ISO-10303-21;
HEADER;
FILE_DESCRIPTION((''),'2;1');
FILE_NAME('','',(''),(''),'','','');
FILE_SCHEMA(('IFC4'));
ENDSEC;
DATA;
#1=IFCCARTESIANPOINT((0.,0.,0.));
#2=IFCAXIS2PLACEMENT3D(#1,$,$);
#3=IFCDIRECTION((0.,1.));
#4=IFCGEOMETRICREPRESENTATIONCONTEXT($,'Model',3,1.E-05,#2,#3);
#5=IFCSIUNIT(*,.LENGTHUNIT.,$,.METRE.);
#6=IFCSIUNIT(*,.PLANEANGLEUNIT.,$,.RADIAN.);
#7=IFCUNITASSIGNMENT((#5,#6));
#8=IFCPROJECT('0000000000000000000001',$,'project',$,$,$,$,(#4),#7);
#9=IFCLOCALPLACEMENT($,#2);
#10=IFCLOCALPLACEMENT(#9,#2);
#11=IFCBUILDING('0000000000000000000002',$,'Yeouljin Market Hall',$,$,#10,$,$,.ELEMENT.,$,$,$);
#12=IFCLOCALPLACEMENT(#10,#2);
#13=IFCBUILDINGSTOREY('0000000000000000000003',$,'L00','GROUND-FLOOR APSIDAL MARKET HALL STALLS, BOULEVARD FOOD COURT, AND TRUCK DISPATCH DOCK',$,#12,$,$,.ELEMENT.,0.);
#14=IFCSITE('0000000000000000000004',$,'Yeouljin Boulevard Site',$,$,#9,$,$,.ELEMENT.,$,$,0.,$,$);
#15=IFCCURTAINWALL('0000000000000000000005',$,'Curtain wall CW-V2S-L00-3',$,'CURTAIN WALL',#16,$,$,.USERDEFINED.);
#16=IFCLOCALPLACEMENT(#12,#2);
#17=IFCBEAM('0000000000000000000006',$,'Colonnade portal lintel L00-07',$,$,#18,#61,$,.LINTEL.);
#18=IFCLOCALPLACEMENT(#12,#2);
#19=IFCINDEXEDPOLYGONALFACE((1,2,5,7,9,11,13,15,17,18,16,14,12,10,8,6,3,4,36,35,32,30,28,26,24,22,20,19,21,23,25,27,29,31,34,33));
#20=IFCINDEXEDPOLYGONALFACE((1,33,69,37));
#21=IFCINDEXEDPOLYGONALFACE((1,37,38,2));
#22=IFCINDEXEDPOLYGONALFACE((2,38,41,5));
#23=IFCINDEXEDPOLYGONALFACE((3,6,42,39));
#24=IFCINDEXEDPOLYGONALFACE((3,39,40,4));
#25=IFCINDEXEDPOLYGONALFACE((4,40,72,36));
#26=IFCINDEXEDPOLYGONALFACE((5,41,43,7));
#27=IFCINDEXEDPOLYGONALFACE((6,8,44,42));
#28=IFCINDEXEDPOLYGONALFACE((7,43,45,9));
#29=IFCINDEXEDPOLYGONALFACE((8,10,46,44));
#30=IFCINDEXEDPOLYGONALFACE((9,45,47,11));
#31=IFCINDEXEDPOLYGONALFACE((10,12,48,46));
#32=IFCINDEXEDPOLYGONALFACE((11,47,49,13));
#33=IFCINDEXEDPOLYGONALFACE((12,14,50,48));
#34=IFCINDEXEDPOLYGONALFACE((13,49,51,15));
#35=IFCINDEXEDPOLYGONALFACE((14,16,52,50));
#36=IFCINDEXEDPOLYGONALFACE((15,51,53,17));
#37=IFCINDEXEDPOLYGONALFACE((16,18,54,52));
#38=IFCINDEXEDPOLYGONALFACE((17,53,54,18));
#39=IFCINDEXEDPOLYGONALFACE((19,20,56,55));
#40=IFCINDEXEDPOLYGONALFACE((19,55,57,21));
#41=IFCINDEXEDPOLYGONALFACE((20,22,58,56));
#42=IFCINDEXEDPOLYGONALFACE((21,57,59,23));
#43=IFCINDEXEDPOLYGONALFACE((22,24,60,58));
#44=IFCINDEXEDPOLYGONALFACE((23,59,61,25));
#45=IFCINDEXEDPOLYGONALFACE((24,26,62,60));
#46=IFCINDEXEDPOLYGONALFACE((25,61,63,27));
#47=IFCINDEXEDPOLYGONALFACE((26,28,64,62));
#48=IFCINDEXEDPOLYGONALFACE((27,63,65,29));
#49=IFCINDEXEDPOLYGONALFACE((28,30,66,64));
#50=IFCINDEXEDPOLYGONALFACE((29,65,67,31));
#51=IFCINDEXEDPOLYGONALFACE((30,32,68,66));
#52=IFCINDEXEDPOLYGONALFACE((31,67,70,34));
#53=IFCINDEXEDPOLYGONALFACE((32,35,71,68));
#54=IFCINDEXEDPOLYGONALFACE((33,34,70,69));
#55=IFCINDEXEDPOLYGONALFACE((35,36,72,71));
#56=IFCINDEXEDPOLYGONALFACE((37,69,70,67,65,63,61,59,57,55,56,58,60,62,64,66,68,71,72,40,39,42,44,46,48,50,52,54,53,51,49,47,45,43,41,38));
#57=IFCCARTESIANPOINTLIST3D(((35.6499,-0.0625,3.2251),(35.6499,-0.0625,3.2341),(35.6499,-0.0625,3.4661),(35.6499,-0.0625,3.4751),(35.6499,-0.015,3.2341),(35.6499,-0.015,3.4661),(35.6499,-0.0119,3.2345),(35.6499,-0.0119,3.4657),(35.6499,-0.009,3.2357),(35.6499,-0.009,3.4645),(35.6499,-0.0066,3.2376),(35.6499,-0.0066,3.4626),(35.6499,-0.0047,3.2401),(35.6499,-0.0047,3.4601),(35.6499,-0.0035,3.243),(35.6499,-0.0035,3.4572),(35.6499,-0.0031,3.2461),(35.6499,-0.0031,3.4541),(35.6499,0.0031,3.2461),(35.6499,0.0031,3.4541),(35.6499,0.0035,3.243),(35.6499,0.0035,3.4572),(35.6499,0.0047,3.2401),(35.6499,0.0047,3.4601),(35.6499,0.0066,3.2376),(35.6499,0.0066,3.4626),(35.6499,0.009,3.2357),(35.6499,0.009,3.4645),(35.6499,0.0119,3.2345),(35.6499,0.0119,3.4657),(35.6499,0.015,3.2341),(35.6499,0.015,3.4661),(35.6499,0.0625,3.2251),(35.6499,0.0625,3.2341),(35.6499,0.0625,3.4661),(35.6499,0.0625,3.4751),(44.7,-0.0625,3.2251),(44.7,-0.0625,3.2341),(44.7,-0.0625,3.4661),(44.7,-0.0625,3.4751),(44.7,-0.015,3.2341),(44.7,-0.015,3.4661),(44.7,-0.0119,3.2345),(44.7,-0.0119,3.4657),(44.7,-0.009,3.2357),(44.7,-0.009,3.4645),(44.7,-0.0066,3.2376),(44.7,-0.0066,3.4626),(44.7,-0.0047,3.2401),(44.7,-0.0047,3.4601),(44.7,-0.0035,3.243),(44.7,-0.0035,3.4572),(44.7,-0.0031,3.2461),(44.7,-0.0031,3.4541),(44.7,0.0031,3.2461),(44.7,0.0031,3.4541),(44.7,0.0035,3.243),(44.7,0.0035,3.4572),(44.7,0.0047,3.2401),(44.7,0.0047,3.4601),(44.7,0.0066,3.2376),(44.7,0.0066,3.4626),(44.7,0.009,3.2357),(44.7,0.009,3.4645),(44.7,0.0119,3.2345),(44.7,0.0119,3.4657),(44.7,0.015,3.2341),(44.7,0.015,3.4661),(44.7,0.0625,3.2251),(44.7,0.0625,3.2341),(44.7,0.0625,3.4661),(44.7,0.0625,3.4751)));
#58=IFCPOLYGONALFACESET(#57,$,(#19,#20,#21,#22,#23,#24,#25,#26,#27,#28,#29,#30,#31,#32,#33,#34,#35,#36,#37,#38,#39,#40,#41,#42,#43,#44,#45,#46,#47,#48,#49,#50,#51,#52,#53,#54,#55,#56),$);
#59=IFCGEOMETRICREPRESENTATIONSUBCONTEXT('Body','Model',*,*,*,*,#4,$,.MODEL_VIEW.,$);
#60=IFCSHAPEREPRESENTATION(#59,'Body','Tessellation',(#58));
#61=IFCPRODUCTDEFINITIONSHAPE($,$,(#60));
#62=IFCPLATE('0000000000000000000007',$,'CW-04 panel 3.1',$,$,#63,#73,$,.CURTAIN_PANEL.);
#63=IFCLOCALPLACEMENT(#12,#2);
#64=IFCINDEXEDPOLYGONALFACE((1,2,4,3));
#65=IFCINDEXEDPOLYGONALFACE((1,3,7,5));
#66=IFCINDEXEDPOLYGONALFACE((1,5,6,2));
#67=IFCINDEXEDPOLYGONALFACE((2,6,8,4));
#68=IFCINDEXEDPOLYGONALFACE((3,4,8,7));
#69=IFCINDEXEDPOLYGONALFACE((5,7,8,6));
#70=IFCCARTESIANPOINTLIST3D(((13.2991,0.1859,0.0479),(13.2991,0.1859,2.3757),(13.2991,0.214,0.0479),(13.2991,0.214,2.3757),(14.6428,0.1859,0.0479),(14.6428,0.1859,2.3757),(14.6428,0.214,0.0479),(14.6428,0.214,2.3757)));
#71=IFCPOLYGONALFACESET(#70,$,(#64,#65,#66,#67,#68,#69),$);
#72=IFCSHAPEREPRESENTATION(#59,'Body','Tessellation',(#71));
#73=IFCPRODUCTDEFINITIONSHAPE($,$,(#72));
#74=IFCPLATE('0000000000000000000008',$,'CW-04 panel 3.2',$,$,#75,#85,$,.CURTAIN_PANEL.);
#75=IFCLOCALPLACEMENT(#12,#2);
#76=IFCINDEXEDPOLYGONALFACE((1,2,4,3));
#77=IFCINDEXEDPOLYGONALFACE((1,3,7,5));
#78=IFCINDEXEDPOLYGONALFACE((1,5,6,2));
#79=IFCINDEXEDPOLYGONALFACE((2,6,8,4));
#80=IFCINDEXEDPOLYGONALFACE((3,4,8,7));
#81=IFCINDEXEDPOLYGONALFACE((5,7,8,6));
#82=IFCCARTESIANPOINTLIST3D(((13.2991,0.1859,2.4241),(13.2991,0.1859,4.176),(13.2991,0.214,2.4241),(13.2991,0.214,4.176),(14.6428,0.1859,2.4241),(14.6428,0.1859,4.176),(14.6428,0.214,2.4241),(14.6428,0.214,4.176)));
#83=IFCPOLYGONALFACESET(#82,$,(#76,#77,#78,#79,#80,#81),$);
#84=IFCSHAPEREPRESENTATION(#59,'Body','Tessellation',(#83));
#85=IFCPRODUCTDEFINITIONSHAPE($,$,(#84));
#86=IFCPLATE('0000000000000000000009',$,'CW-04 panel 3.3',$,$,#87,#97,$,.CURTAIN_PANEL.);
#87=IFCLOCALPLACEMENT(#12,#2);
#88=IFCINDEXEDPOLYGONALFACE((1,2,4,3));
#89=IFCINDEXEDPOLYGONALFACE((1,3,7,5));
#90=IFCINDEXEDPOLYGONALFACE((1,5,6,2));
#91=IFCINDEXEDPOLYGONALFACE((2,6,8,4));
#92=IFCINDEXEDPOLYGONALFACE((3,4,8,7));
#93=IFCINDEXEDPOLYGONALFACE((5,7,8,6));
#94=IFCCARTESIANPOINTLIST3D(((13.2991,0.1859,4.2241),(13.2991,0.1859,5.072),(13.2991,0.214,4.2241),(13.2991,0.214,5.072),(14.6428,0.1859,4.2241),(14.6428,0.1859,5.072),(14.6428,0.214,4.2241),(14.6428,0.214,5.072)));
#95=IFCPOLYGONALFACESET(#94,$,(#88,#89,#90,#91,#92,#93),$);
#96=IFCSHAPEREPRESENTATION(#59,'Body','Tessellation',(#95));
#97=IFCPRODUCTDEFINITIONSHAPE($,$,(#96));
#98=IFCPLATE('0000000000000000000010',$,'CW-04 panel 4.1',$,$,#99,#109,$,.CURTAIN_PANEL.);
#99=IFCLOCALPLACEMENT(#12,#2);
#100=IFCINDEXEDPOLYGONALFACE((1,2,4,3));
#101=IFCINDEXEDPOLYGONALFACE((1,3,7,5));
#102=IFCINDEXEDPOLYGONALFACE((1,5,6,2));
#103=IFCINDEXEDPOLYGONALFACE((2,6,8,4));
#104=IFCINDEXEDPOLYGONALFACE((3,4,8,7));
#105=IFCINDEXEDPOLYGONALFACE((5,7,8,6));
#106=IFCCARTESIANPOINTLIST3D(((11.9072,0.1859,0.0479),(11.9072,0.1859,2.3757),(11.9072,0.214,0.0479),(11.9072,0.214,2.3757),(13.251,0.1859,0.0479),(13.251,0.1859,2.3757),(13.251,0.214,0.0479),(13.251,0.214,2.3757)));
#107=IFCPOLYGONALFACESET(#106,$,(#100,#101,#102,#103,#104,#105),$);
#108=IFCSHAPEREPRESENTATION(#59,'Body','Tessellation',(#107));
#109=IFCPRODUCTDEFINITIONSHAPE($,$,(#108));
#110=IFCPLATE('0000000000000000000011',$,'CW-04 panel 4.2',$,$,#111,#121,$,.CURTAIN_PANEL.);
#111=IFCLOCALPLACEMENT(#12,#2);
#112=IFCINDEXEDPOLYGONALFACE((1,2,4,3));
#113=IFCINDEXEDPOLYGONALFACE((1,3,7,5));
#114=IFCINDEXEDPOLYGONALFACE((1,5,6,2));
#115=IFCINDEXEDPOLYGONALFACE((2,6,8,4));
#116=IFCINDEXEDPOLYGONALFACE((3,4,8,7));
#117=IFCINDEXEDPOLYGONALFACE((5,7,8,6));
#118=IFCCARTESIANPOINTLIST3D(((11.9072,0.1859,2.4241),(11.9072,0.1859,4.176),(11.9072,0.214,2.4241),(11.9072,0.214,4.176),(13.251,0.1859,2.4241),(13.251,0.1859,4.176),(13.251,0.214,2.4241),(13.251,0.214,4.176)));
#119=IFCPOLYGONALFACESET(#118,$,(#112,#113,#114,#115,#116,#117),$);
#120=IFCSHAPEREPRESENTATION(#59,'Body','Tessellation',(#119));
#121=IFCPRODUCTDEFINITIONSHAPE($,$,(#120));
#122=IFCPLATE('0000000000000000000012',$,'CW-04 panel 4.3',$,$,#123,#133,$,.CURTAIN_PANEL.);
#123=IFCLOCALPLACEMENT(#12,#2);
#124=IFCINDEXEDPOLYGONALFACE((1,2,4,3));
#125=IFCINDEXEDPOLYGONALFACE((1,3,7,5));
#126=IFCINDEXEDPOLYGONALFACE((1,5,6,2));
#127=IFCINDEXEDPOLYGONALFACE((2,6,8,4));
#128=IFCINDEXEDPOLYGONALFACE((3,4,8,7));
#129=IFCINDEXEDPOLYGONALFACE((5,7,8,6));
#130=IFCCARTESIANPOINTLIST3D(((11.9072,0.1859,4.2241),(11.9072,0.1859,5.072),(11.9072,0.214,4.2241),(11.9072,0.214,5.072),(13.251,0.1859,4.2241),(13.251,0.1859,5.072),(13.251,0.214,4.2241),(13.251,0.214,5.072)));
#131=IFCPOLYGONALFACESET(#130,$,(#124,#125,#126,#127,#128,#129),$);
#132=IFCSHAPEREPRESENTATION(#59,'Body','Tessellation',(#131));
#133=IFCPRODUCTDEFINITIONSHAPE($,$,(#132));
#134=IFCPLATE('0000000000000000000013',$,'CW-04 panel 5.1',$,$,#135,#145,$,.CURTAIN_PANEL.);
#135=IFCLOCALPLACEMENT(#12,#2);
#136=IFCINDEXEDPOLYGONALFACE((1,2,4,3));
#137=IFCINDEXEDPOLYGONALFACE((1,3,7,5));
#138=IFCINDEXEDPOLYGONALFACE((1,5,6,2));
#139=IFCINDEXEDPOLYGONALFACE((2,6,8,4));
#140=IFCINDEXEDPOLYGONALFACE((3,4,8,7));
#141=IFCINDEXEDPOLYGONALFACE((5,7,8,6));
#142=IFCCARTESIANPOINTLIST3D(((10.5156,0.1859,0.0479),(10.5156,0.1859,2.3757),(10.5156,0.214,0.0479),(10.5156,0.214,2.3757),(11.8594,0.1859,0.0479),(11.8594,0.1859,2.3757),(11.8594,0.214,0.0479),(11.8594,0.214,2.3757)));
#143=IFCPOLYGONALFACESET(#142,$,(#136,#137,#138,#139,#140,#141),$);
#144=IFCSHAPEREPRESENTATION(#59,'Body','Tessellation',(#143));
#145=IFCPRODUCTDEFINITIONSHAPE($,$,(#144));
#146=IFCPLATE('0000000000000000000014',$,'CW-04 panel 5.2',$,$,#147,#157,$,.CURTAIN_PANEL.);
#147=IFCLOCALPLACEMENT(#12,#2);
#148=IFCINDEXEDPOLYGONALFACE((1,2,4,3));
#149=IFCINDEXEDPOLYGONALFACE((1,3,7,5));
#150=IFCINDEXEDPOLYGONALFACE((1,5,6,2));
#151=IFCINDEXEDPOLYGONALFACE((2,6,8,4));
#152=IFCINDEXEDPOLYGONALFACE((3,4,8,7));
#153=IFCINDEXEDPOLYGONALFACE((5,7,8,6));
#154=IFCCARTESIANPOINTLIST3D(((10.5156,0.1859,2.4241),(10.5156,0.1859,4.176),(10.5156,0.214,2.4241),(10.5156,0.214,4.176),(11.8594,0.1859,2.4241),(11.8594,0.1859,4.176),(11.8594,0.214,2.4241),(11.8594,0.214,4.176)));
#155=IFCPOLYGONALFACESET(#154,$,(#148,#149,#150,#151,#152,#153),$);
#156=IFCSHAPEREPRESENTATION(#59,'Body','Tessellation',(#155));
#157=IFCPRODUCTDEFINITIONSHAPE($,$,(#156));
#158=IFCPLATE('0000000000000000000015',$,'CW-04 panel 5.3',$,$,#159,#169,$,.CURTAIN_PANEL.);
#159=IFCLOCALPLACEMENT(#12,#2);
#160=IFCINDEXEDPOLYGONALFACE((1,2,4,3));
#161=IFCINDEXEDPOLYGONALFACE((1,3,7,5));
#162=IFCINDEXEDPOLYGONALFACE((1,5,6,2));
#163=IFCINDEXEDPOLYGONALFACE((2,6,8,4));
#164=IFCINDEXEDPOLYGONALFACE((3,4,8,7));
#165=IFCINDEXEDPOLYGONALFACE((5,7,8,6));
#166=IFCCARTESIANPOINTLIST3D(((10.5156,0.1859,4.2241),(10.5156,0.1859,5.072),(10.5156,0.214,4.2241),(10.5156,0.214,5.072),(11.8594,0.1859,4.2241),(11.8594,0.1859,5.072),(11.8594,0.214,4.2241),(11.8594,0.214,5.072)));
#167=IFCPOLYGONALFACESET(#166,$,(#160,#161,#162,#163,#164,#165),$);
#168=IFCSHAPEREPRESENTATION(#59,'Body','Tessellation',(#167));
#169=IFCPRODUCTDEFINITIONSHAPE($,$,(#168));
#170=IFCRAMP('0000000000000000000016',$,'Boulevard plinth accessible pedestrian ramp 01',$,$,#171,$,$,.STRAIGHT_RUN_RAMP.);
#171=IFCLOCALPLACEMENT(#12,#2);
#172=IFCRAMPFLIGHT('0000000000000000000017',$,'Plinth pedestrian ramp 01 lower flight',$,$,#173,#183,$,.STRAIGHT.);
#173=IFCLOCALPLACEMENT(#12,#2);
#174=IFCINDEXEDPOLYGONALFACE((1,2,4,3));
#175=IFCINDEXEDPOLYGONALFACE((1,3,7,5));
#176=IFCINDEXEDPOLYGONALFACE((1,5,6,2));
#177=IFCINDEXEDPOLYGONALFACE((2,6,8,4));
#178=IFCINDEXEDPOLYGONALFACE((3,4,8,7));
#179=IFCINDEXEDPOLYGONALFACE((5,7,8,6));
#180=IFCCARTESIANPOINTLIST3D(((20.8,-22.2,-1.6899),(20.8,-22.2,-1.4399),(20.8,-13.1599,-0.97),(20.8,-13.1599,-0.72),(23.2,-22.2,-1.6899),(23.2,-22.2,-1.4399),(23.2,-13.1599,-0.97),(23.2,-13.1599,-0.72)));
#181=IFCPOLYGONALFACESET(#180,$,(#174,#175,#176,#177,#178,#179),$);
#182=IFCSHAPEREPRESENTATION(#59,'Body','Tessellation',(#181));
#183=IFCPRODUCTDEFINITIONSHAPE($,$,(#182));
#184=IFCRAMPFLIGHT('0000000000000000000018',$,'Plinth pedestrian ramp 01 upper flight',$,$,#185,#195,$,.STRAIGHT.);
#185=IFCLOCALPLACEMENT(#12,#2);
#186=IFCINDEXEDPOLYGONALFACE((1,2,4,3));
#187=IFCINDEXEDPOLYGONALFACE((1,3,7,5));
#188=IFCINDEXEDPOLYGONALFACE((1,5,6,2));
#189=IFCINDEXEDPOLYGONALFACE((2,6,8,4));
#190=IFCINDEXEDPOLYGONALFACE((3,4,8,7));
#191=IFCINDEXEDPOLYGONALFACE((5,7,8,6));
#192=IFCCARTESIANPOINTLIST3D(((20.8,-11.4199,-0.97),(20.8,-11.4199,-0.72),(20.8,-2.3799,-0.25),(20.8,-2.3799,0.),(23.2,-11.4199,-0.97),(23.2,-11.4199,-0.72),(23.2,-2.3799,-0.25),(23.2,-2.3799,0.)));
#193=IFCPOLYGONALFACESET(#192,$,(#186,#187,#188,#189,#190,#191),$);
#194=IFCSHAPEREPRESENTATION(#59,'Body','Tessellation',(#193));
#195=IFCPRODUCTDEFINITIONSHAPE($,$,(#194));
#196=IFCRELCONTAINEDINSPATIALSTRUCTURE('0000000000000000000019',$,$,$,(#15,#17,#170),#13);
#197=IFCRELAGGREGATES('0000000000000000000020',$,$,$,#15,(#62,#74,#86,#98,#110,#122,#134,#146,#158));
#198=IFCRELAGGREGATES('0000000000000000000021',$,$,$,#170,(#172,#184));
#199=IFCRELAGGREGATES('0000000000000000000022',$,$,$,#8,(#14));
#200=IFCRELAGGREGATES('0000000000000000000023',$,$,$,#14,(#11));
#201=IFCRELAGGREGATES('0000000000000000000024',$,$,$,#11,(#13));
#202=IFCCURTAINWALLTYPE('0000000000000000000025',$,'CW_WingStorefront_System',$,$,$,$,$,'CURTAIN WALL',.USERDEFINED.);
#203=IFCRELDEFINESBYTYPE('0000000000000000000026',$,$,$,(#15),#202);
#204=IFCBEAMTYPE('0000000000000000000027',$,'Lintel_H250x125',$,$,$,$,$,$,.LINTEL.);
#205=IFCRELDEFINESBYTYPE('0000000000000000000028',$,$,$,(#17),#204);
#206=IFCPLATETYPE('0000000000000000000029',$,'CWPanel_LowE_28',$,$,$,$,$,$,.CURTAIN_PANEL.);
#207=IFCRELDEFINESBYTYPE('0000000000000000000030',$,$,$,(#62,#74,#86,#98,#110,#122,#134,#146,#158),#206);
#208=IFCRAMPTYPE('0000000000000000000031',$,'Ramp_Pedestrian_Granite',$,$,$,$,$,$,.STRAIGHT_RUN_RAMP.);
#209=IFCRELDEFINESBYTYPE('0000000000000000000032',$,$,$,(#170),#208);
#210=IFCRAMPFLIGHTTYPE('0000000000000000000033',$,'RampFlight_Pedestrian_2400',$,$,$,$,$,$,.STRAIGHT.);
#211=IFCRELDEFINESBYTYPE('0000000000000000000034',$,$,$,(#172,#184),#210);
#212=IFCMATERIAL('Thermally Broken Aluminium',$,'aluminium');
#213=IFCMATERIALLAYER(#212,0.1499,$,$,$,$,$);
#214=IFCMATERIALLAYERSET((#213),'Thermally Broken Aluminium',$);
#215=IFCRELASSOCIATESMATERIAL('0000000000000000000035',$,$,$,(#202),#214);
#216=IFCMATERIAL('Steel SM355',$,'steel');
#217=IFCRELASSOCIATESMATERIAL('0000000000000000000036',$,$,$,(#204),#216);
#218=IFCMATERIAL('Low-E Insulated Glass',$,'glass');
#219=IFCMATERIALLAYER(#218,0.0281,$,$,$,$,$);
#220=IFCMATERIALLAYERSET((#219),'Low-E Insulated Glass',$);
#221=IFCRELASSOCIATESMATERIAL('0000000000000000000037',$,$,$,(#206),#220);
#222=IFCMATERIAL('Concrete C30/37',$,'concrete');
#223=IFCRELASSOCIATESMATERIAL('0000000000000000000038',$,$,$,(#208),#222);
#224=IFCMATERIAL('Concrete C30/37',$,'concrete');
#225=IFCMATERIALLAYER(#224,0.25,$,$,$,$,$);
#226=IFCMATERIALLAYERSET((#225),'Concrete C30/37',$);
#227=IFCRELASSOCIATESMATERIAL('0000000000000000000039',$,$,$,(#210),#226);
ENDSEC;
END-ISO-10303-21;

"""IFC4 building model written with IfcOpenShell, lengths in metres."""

from ifc_helpers import new_model, si_unit, direction, frame, origin, origin_2d, place, context, subcontext, project, spatial, polyline, rectangle, i_section, outline, extrude, material, layer, layer_set, material_profile, profile_set, type_object, element, aggregate, save


model = new_model("IFC4")

# Units and contexts
model_context = context("Model", 3, precision=1e-05, world=origin(), true_north=direction((0.0, 1.0)))
body_context = subcontext(model_context, "Body", "Model", "MODEL_VIEW")
ifc_project = project(units=[si_unit("LENGTHUNIT", "METRE"), si_unit("PLANEANGLEUNIT", "RADIAN")], contexts=[model_context])

# Site, building, storey
site_placement = place(None, origin())
site = spatial("IfcSite", under=ifc_project, at=site_placement, Name="Yeouljin Boulevard Site", CompositionType="ELEMENT", RefElevation=0.0)
building_placement = place(site_placement, origin())
building = spatial("IfcBuilding", under=site, at=building_placement, Name="Yeouljin Market Hall", CompositionType="ELEMENT")
storey_placement = place(building_placement, origin())
storey = spatial("IfcBuildingStorey", under=building, at=storey_placement, Name="L00", Description="GROUND-FLOOR APSIDAL MARKET HALL STALLS, BOULEVARD FOOD COURT, AND TRUCK DISPATCH DOCK", CompositionType="ELEMENT", Elevation=0.0)

# Curtain wall
ifc_material_1 = material(Name="Thermally Broken Aluminium", Category="aluminium")
ifc_layer_1 = layer(ifc_material_1, 0.1499)
ifc_layer_set_1 = layer_set([ifc_layer_1], Name="Thermally Broken Aluminium")
curtain_wall_type = type_object("IfcCurtainWallType", Name="CW_WingStorefront_System", ElementType="CURTAIN WALL", PredefinedType="USERDEFINED", material=ifc_layer_set_1)
curtain_wall_placement = place(storey_placement, origin())
curtain_wall = element("IfcCurtainWall", 1, at=curtain_wall_placement, inside=storey, type_object=curtain_wall_type, Name="Curtain wall CW-V2S-L00-3", ObjectType="CURTAIN WALL", PredefinedType="USERDEFINED")

# Beam
ifc_material_2 = material(Name="Steel SM355", Category="steel")
ifc_material_profile_1 = material_profile(ifc_material_2, i_section(OverallWidth=0.125, OverallDepth=0.25, WebThickness=0.0061, FlangeThickness=0.009, FilletRadius=0.012, at=origin_2d()), Name="H-250x125x6x9")
ifc_profile_set_1 = profile_set([ifc_material_profile_1], Name="Steel SM355")
beam_type = type_object("IfcBeamType", Name="Lintel_H250x125", PredefinedType="LINTEL", material=ifc_profile_set_1)
beam_placement = place(storey_placement, frame((35.6499, 0.0, 3.3501), z_axis=(1.0, 0.0, 0.0), x_axis=(0.0, 1.0, 0.0)))
element("IfcBeam", 2, at=beam_placement, inside=storey, type_object=beam_type, Name="Colonnade portal lintel L00-07", PredefinedType="LINTEL", context=body_context, shape_type="SweptSolid", body=[
    extrude(i_section(OverallWidth=0.125, OverallDepth=0.25, WebThickness=0.0061, FlangeThickness=0.009, FilletRadius=0.012, at=origin_2d()), origin(), (0.0, 0.0, 1.0), 9.05),
])

# Plates
ifc_material_3 = material(Name="Low-E Insulated Glass", Category="glass")
ifc_layer_2 = layer(ifc_material_3, 0.0281)
ifc_layer_set_2 = layer_set([ifc_layer_2], Name="Low-E Insulated Glass")
plate_type = type_object("IfcPlateType", Name="CWPanel_LowE_28", PredefinedType="CURTAIN_PANEL", material=ifc_layer_set_2)
plate_1_placement = place(storey_placement, frame((13.9709, 0.2, 0.0479), z_axis=(0.0, 0.0, 1.0), x_axis=(-1.0, 0.0, 0.0)))
plate_1 = element("IfcPlate", 3, at=plate_1_placement, type_object=plate_type, Name="CW-04 panel 3.1", PredefinedType="CURTAIN_PANEL", context=body_context, shape_type="SweptSolid", body=[
    extrude(rectangle(XDim=1.3438, YDim=0.0281, at=origin_2d()), origin(), (0.0, 0.0, 1.0), 2.3279),
])
plate_2_placement = place(storey_placement, frame((13.9709, 0.2, 2.4241), z_axis=(0.0, 0.0, 1.0), x_axis=(-1.0, 0.0, 0.0)))
plate_2 = element("IfcPlate", 4, at=plate_2_placement, type_object=plate_type, Name="CW-04 panel 3.2", PredefinedType="CURTAIN_PANEL", context=body_context, shape_type="SweptSolid", body=[
    extrude(rectangle(XDim=1.3438, YDim=0.0281, at=origin_2d()), origin(), (0.0, 0.0, 1.0), 1.752),
])
plate_3_placement = place(storey_placement, frame((13.9709, 0.2, 4.2241), z_axis=(0.0, 0.0, 1.0), x_axis=(-1.0, 0.0, 0.0)))
plate_3 = element("IfcPlate", 5, at=plate_3_placement, type_object=plate_type, Name="CW-04 panel 3.3", PredefinedType="CURTAIN_PANEL", context=body_context, shape_type="SweptSolid", body=[
    extrude(rectangle(XDim=1.3438, YDim=0.0281, at=origin_2d()), origin(), (0.0, 0.0, 1.0), 0.8479),
])
plate_4_placement = place(storey_placement, frame((12.5791, 0.2, 0.0479), z_axis=(0.0, 0.0, 1.0), x_axis=(-1.0, 0.0, 0.0)))
plate_4 = element("IfcPlate", 6, at=plate_4_placement, type_object=plate_type, Name="CW-04 panel 4.1", PredefinedType="CURTAIN_PANEL", context=body_context, shape_type="SweptSolid", body=[
    extrude(rectangle(XDim=1.3438, YDim=0.0281, at=origin_2d()), origin(), (0.0, 0.0, 1.0), 2.3279),
])
plate_5_placement = place(storey_placement, frame((12.5791, 0.2, 2.4241), z_axis=(0.0, 0.0, 1.0), x_axis=(-1.0, 0.0, 0.0)))
plate_5 = element("IfcPlate", 7, at=plate_5_placement, type_object=plate_type, Name="CW-04 panel 4.2", PredefinedType="CURTAIN_PANEL", context=body_context, shape_type="SweptSolid", body=[
    extrude(rectangle(XDim=1.3438, YDim=0.0281, at=origin_2d()), origin(), (0.0, 0.0, 1.0), 1.752),
])
plate_6_placement = place(storey_placement, frame((12.5791, 0.2, 4.2241), z_axis=(0.0, 0.0, 1.0), x_axis=(-1.0, 0.0, 0.0)))
plate_6 = element("IfcPlate", 8, at=plate_6_placement, type_object=plate_type, Name="CW-04 panel 4.3", PredefinedType="CURTAIN_PANEL", context=body_context, shape_type="SweptSolid", body=[
    extrude(rectangle(XDim=1.3438, YDim=0.0281, at=origin_2d()), origin(), (0.0, 0.0, 1.0), 0.8479),
])
plate_7_placement = place(storey_placement, frame((11.1875, 0.2, 0.0479), z_axis=(0.0, 0.0, 1.0), x_axis=(-1.0, 0.0, 0.0)))
plate_7 = element("IfcPlate", 9, at=plate_7_placement, type_object=plate_type, Name="CW-04 panel 5.1", PredefinedType="CURTAIN_PANEL", context=body_context, shape_type="SweptSolid", body=[
    extrude(rectangle(XDim=1.3438, YDim=0.0281, at=origin_2d()), origin(), (0.0, 0.0, 1.0), 2.3279),
])
plate_8_placement = place(storey_placement, frame((11.1875, 0.2, 2.4241), z_axis=(0.0, 0.0, 1.0), x_axis=(-1.0, 0.0, 0.0)))
plate_8 = element("IfcPlate", 10, at=plate_8_placement, type_object=plate_type, Name="CW-04 panel 5.2", PredefinedType="CURTAIN_PANEL", context=body_context, shape_type="SweptSolid", body=[
    extrude(rectangle(XDim=1.3438, YDim=0.0281, at=origin_2d()), origin(), (0.0, 0.0, 1.0), 1.752),
])
plate_9_placement = place(storey_placement, frame((11.1875, 0.2, 4.2241), z_axis=(0.0, 0.0, 1.0), x_axis=(-1.0, 0.0, 0.0)))
plate_9 = element("IfcPlate", 11, at=plate_9_placement, type_object=plate_type, Name="CW-04 panel 5.3", PredefinedType="CURTAIN_PANEL", context=body_context, shape_type="SweptSolid", body=[
    extrude(rectangle(XDim=1.3438, YDim=0.0281, at=origin_2d()), origin(), (0.0, 0.0, 1.0), 0.8479),
])
aggregate(curtain_wall, [plate_1, plate_2, plate_3, plate_4, plate_5, plate_6, plate_7, plate_8, plate_9])

# Ramp, ramp flights
ifc_material_4 = material(Name="Concrete C30/37", Category="concrete")
ramp_type = type_object("IfcRampType", Name="Ramp_Pedestrian_Granite", PredefinedType="STRAIGHT_RUN_RAMP", material=ifc_material_4)
ramp_placement = place(storey_placement, origin())
ramp = element("IfcRamp", 12, at=ramp_placement, inside=storey, type_object=ramp_type, Name="Boulevard plinth accessible pedestrian ramp 01", PredefinedType="STRAIGHT_RUN_RAMP")
ifc_material_5 = material(Name="Concrete C30/37", Category="concrete")
ifc_layer_3 = layer(ifc_material_5, 0.25)
ifc_layer_set_3 = layer_set([ifc_layer_3], Name="Concrete C30/37")
ramp_flight_type = type_object("IfcRampFlightType", Name="RampFlight_Pedestrian_2400", PredefinedType="STRAIGHT", material=ifc_layer_set_3)
ramp_flight_1_placement = place(storey_placement, frame((22.0, -22.2, -1.4399), z_axis=(0.0, 0.0, 1.0), x_axis=(0.0, 1.0, 0.0)))
ramp_flight_1 = element("IfcRampFlight", 13, at=ramp_flight_1_placement, type_object=ramp_flight_type, Name="Plinth pedestrian ramp 01 lower flight", PredefinedType="STRAIGHT", context=body_context, shape_type="SweptSolid", body=[
    extrude(outline(polyline([(0.0, 0.0), (9.04, 0.72), (9.04, 0.47), (0.0, -0.25), (0.0, 0.0)])), frame((0.0, 1.2, 0.0), z_axis=(0.0, -1.0, 0.0), x_axis=(1.0, 0.0, 0.0)), (0.0, 0.0, 1.0), 2.3999),
])
ramp_flight_2_placement = place(storey_placement, frame((22.0, -11.4199, -0.72), z_axis=(0.0, 0.0, 1.0), x_axis=(0.0, 1.0, 0.0)))
ramp_flight_2 = element("IfcRampFlight", 14, at=ramp_flight_2_placement, type_object=ramp_flight_type, Name="Plinth pedestrian ramp 01 upper flight", PredefinedType="STRAIGHT", context=body_context, shape_type="SweptSolid", body=[
    extrude(outline(polyline([(0.0, 0.0), (9.04, 0.72), (9.04, 0.47), (0.0, -0.25), (0.0, 0.0)])), frame((0.0, 1.2, 0.0), z_axis=(0.0, -1.0, 0.0), x_axis=(1.0, 0.0, 0.0)), (0.0, 0.0, 1.0), 2.3999),
])
aggregate(ramp, [ramp_flight_1, ramp_flight_2])

save(model, "model.ifc")
